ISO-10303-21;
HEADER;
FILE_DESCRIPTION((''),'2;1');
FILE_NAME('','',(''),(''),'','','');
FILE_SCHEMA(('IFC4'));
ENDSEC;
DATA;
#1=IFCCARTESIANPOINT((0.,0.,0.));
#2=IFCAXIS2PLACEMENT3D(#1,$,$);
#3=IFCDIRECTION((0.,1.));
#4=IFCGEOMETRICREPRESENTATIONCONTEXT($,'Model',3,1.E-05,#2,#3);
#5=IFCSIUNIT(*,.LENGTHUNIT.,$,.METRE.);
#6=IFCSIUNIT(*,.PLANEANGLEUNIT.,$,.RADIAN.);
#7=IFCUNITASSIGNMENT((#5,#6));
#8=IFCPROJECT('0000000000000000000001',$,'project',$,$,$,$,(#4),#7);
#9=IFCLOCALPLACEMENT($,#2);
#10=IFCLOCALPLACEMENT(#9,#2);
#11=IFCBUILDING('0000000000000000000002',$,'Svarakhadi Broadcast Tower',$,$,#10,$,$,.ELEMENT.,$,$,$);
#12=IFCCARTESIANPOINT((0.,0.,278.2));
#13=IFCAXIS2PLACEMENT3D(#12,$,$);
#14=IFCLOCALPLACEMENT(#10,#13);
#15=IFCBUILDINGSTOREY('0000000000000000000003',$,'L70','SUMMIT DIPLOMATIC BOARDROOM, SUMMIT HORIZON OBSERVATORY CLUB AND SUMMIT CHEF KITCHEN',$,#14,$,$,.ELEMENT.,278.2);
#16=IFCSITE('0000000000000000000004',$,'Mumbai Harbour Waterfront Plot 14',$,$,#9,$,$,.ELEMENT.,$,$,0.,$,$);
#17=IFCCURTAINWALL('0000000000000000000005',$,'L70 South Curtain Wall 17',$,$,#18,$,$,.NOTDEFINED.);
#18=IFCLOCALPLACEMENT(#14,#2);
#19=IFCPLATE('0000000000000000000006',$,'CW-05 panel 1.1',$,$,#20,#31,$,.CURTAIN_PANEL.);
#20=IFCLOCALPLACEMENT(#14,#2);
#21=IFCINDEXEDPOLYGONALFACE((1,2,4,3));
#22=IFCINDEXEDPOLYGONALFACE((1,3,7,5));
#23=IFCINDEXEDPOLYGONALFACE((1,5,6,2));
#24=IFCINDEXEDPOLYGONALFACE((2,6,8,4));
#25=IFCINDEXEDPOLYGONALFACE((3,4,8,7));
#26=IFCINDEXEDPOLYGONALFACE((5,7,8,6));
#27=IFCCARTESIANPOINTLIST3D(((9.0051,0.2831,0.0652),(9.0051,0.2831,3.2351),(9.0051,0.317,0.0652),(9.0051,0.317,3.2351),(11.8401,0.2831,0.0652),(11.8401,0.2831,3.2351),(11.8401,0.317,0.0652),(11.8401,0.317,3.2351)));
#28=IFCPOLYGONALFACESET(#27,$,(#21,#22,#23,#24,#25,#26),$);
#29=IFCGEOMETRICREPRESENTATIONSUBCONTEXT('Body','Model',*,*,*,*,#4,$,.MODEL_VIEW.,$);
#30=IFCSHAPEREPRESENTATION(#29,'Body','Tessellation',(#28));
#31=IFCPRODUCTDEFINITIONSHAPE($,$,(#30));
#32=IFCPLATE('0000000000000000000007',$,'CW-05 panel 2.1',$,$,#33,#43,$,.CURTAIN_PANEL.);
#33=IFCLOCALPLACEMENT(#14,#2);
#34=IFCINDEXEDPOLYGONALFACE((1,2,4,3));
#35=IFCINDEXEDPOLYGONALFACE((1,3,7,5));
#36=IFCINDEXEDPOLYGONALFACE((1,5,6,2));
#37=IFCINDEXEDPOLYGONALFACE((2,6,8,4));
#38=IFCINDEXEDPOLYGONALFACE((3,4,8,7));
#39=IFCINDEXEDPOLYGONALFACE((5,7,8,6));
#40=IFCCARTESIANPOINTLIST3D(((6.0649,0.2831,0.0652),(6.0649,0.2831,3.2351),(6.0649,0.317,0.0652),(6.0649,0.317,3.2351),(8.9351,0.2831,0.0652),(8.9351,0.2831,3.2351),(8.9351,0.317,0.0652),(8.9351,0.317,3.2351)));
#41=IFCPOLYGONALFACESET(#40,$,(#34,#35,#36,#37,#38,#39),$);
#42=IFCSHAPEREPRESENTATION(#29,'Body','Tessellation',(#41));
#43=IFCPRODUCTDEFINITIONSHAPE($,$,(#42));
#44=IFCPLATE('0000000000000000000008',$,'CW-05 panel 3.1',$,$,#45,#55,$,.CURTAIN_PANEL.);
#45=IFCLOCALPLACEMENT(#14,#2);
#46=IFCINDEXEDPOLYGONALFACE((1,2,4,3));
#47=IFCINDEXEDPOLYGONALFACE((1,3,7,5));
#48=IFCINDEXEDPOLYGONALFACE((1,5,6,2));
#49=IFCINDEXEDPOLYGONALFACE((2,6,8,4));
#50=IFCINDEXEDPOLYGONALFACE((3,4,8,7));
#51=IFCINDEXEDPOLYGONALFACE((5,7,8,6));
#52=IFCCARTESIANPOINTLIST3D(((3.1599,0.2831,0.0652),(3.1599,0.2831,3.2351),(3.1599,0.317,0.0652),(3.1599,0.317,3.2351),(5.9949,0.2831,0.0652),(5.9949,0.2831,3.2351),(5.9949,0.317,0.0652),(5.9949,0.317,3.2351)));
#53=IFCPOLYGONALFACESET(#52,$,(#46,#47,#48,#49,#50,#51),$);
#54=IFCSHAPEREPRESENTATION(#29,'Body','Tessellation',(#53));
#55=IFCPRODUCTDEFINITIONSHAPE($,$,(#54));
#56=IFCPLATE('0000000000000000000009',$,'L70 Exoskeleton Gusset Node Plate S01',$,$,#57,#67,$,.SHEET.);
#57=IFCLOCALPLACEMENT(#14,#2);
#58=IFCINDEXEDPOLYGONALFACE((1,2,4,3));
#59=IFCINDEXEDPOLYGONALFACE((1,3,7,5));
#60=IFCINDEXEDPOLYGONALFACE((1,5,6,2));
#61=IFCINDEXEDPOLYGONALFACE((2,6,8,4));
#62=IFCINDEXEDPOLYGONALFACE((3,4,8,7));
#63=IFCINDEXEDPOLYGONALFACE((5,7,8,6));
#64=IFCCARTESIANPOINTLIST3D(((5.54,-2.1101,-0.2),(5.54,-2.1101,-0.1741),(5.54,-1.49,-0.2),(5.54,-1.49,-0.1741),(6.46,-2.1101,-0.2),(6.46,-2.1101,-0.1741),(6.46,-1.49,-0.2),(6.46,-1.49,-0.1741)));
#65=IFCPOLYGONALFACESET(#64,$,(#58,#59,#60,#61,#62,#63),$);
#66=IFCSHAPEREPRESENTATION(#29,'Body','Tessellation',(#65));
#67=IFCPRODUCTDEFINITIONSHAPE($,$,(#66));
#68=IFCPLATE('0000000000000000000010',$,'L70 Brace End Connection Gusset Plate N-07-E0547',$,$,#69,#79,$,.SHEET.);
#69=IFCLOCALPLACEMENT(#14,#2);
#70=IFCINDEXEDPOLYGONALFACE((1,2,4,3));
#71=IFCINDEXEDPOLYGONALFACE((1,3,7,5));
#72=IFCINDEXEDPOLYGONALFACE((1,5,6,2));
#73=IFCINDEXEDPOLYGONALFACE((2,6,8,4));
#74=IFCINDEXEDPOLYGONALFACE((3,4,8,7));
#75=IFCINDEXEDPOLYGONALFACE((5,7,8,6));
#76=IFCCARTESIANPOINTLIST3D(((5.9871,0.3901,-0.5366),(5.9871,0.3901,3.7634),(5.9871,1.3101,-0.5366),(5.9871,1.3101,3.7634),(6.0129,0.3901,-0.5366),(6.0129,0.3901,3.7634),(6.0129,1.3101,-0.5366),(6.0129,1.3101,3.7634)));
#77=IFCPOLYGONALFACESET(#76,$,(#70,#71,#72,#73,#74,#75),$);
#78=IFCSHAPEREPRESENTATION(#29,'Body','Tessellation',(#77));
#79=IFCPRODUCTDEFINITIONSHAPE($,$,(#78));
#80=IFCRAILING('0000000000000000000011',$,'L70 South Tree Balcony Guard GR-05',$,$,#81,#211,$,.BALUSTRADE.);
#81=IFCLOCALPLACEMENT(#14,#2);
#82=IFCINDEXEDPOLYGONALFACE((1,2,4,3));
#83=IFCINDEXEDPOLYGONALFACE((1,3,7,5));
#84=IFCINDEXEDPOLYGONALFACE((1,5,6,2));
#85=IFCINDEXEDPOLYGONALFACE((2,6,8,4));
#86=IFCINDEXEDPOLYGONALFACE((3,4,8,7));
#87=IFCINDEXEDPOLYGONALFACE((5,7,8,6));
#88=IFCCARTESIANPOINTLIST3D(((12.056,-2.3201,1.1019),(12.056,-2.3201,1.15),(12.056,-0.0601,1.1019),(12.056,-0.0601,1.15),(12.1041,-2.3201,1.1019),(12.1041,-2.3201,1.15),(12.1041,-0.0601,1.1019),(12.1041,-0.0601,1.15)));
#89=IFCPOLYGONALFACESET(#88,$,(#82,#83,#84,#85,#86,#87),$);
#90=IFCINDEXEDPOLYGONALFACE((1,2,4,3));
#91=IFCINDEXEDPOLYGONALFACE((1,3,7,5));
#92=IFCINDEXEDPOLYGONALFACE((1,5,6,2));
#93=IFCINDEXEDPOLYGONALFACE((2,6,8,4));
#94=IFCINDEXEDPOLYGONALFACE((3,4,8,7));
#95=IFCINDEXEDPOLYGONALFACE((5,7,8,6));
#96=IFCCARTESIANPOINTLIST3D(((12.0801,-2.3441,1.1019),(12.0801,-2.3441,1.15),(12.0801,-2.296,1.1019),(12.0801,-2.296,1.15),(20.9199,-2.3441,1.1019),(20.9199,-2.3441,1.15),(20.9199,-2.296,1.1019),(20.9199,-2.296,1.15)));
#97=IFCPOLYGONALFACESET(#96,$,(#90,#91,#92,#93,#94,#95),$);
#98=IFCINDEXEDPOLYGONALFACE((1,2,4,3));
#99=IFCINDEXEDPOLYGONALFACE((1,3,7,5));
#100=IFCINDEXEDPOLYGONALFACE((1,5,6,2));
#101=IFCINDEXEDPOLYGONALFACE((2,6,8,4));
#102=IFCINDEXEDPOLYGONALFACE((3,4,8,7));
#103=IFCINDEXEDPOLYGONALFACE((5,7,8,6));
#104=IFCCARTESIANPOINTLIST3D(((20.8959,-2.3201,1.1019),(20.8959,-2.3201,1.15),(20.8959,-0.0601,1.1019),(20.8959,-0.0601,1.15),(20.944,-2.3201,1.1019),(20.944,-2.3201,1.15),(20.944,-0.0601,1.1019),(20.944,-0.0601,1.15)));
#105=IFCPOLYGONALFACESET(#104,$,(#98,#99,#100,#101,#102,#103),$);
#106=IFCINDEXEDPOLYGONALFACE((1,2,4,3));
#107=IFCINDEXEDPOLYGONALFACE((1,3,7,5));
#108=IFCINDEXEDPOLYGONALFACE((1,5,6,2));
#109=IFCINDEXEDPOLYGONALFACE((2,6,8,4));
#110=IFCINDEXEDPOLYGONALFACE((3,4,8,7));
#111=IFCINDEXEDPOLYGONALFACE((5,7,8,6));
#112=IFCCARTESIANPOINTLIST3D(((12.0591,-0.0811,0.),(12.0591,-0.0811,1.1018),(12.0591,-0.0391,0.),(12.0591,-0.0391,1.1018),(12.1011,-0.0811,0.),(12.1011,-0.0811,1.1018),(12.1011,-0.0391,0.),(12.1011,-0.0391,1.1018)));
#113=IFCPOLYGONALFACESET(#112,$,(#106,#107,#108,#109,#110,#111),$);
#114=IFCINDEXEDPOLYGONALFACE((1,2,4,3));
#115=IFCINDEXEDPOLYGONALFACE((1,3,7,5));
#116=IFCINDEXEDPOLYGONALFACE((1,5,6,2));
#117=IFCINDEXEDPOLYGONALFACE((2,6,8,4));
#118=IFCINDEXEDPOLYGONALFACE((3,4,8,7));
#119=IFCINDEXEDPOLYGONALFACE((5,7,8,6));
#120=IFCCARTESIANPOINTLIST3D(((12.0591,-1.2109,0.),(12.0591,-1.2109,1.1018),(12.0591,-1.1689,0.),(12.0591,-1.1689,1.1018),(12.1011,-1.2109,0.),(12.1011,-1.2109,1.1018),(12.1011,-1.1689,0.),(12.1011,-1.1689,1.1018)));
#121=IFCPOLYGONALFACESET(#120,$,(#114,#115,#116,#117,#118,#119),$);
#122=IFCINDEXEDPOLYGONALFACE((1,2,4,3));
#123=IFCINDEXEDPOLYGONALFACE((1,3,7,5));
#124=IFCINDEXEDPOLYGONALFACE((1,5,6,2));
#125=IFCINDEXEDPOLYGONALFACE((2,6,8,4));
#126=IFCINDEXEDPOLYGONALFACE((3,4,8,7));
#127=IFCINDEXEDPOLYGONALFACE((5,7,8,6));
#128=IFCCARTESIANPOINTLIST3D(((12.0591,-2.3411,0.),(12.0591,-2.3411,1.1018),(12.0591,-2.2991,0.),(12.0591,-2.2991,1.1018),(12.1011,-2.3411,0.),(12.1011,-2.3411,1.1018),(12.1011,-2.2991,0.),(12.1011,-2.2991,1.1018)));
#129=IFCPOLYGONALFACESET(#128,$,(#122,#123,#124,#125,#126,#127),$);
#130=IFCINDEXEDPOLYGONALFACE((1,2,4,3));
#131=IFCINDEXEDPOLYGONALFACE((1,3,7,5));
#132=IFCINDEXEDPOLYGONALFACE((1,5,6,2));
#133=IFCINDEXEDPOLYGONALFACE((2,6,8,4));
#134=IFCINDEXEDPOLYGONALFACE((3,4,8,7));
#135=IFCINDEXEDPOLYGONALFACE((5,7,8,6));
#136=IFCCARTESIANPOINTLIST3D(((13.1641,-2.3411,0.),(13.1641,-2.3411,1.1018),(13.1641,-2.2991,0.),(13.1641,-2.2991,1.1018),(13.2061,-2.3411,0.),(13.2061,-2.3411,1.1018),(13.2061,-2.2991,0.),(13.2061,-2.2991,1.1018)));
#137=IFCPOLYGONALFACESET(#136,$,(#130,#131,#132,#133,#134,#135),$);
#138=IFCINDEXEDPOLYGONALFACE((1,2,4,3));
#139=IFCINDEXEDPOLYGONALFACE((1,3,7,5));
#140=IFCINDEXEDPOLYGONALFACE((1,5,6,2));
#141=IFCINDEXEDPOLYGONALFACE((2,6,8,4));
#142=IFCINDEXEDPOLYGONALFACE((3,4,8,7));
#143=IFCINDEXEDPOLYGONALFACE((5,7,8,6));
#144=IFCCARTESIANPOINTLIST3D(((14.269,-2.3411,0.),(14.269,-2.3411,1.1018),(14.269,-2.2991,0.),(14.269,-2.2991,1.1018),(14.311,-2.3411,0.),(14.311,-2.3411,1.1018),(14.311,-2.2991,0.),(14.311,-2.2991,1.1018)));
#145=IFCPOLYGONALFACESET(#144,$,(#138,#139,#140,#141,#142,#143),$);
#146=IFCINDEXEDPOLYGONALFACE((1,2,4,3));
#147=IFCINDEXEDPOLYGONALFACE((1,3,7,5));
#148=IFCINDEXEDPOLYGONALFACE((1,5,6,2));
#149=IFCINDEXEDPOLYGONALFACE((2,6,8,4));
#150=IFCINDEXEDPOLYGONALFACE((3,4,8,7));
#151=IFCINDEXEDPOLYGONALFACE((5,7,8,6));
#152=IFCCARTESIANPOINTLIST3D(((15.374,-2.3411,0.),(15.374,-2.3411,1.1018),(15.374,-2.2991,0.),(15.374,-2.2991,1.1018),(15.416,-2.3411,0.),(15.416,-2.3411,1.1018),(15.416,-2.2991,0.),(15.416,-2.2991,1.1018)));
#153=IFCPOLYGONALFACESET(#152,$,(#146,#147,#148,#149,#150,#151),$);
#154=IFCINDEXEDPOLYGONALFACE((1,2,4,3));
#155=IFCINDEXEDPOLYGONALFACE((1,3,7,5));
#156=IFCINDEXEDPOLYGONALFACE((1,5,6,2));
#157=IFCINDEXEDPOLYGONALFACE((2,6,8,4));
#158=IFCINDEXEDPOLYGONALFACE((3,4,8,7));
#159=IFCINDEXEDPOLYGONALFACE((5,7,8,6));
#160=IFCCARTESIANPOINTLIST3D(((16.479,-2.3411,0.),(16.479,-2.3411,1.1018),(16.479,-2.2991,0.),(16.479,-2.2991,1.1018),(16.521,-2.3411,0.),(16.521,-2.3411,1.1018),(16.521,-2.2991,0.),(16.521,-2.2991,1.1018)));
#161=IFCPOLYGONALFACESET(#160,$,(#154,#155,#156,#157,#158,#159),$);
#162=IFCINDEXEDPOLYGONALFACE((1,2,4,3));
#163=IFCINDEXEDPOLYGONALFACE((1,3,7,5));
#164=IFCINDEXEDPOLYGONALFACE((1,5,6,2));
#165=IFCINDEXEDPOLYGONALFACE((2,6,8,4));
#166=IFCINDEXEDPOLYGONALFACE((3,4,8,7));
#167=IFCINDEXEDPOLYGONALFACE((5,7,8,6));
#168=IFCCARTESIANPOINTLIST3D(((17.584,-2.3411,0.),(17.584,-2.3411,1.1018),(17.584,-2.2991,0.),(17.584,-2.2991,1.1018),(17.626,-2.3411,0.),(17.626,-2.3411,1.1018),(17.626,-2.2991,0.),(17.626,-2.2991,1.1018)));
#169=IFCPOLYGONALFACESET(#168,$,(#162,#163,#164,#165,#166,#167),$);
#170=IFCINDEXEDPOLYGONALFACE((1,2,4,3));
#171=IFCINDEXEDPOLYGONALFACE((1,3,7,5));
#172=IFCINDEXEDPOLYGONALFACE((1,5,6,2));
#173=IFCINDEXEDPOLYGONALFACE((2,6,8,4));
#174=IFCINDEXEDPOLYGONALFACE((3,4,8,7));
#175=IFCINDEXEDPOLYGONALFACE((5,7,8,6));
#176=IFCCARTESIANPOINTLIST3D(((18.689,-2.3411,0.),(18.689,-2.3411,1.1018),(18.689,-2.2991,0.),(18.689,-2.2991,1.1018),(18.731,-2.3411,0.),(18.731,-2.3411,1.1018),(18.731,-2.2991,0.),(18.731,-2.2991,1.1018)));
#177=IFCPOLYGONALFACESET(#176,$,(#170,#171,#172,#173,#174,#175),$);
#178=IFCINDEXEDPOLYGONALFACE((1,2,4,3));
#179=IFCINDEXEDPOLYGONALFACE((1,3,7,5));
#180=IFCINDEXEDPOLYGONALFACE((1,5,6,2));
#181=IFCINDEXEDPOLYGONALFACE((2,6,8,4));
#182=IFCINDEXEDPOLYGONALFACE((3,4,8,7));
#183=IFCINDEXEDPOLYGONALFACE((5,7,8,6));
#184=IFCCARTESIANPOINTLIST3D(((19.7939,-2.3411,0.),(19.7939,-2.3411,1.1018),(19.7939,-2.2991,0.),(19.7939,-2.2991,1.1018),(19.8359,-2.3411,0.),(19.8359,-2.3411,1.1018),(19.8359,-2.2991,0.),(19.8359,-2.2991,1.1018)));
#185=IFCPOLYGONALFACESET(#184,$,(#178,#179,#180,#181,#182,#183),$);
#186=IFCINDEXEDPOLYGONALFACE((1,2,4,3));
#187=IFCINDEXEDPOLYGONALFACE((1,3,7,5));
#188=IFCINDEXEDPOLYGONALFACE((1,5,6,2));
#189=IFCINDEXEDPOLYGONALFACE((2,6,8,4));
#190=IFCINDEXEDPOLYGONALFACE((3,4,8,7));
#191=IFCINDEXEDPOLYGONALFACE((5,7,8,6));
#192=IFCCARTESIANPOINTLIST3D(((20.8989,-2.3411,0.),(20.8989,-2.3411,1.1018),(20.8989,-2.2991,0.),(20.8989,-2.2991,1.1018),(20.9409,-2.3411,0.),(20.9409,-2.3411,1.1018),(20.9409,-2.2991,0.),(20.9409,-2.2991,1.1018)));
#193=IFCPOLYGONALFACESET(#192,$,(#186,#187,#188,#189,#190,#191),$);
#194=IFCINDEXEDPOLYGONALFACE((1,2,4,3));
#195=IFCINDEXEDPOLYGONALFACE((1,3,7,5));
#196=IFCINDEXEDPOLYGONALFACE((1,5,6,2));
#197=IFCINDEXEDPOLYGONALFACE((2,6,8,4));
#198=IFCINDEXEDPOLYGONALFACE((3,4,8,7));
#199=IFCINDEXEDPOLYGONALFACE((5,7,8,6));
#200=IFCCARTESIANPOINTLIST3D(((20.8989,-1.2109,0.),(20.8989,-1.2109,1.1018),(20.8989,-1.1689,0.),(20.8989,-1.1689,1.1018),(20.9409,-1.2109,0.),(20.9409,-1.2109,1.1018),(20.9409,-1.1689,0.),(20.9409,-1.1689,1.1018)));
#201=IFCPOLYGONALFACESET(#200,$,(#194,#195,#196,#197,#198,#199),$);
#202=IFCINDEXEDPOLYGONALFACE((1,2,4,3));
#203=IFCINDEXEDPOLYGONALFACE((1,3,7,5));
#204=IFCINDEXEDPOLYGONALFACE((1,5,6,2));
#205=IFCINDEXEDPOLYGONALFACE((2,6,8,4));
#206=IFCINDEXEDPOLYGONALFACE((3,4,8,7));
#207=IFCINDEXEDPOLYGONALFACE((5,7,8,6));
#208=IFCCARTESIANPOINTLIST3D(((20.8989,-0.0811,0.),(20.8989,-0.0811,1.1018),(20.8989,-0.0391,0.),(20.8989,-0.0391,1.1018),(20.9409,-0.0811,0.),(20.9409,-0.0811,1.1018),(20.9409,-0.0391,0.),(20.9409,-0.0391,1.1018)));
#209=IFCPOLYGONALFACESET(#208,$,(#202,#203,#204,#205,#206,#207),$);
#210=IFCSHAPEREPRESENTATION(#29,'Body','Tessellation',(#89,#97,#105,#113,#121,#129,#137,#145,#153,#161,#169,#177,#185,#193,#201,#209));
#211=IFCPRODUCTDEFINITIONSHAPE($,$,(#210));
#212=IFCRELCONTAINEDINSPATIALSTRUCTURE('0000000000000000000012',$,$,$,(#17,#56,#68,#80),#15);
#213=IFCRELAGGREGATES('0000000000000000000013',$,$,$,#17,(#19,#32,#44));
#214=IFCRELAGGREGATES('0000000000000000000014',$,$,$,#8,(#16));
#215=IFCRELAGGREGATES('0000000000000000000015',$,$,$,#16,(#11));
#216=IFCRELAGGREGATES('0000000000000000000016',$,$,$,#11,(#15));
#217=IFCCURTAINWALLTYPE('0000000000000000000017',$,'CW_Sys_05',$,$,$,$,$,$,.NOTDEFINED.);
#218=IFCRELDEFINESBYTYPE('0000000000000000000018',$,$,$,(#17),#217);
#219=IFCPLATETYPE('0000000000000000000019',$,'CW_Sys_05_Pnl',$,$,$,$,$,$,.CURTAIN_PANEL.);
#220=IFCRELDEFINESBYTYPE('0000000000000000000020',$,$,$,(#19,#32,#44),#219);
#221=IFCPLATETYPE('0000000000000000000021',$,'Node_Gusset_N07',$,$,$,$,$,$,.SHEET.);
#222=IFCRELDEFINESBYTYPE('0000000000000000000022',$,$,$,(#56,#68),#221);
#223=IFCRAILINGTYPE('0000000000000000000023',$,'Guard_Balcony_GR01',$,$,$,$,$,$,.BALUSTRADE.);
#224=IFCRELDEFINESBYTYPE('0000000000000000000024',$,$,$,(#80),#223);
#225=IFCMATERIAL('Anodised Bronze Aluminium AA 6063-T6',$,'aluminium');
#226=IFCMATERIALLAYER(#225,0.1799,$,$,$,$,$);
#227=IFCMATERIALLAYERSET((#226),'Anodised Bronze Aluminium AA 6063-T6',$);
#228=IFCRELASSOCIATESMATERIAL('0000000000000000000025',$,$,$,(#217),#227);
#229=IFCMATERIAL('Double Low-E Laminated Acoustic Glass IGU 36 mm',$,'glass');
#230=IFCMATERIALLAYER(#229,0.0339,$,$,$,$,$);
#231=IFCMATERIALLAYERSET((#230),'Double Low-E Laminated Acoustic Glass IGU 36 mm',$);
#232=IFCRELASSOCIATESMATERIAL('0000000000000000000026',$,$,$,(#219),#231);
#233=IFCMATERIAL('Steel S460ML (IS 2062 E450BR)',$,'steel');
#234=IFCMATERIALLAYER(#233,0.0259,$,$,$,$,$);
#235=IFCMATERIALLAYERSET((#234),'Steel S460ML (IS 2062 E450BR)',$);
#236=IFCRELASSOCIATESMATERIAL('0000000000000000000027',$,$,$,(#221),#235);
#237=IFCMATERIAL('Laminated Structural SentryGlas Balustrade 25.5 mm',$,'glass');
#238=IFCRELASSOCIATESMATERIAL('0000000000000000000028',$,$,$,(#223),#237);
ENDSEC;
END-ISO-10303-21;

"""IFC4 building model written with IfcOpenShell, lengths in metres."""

from ifc_helpers import new_model, si_unit, direction, frame, origin, origin_2d, place, context, subcontext, project, spatial, rectangle, extrude, material, layer, layer_set, type_object, element, aggregate, save


model = new_model("IFC4")

# Units and contexts
model_context = context("Model", 3, precision=1e-05, world=origin(), true_north=direction((0.0, 1.0)))
body_context = subcontext(model_context, "Body", "Model", "MODEL_VIEW")
ifc_project = project(units=[si_unit("LENGTHUNIT", "METRE"), si_unit("PLANEANGLEUNIT", "RADIAN")], contexts=[model_context])

# Site, building, storey
site_placement = place(None, origin())
site = spatial("IfcSite", under=ifc_project, at=site_placement, Name="Mumbai Harbour Waterfront Plot 14", CompositionType="ELEMENT", RefElevation=0.0)
building_placement = place(site_placement, origin())
building = spatial("IfcBuilding", under=site, at=building_placement, Name="Svarakhadi Broadcast Tower", CompositionType="ELEMENT")
storey_placement = place(building_placement, frame((0.0, 0.0, 278.2)))
storey = spatial("IfcBuildingStorey", under=building, at=storey_placement, Name="L70", Description="SUMMIT DIPLOMATIC BOARDROOM, SUMMIT HORIZON OBSERVATORY CLUB AND SUMMIT CHEF KITCHEN", CompositionType="ELEMENT", Elevation=278.2)

# Shared definitions
ifc_material_1 = material(Name="Steel S460ML (IS 2062 E450BR)", Category="steel")

# Curtain wall
ifc_material_2 = material(Name="Anodised Bronze Aluminium AA 6063-T6", Category="aluminium")
ifc_layer_1 = layer(ifc_material_2, 0.1799)
ifc_layer_set_1 = layer_set([ifc_layer_1], Name="Anodised Bronze Aluminium AA 6063-T6")
curtain_wall_type = type_object("IfcCurtainWallType", Name="CW_Sys_05", PredefinedType="NOTDEFINED", material=ifc_layer_set_1)
curtain_wall_placement = place(storey_placement, origin())
curtain_wall = element("IfcCurtainWall", 1, at=curtain_wall_placement, inside=storey, type_object=curtain_wall_type, Name="L70 South Curtain Wall 17", PredefinedType="NOTDEFINED")

# Plates
ifc_material_3 = material(Name="Double Low-E Laminated Acoustic Glass IGU 36 mm", Category="glass")
ifc_layer_2 = layer(ifc_material_3, 0.0339)
ifc_layer_set_2 = layer_set([ifc_layer_2], Name="Double Low-E Laminated Acoustic Glass IGU 36 mm")
plate_type_1 = type_object("IfcPlateType", Name="CW_Sys_05_Pnl", PredefinedType="CURTAIN_PANEL", material=ifc_layer_set_2)
plate_1_placement = place(storey_placement, frame((10.4226, 0.3, 0.0652), z_axis=(0.0, 0.0, 1.0), x_axis=(-1.0, 0.0, 0.0)))
plate_1 = element("IfcPlate", 2, at=plate_1_placement, type_object=plate_type_1, Name="CW-05 panel 1.1", PredefinedType="CURTAIN_PANEL", context=body_context, shape_type="SweptSolid", body=[
    extrude(rectangle(XDim=2.835, YDim=0.0339, at=origin_2d()), origin(), (0.0, 0.0, 1.0), 3.1699),
])
plate_2_placement = place(storey_placement, frame((7.5, 0.3, 0.0652), z_axis=(0.0, 0.0, 1.0), x_axis=(-1.0, 0.0, 0.0)))
plate_2 = element("IfcPlate", 3, at=plate_2_placement, type_object=plate_type_1, Name="CW-05 panel 2.1", PredefinedType="CURTAIN_PANEL", context=body_context, shape_type="SweptSolid", body=[
    extrude(rectangle(XDim=2.8701, YDim=0.0339, at=origin_2d()), origin(), (0.0, 0.0, 1.0), 3.1699),
])
plate_3_placement = place(storey_placement, frame((4.5774, 0.3, 0.0652), z_axis=(0.0, 0.0, 1.0), x_axis=(-1.0, 0.0, 0.0)))
plate_3 = element("IfcPlate", 4, at=plate_3_placement, type_object=plate_type_1, Name="CW-05 panel 3.1", PredefinedType="CURTAIN_PANEL", context=body_context, shape_type="SweptSolid", body=[
    extrude(rectangle(XDim=2.835, YDim=0.0339, at=origin_2d()), origin(), (0.0, 0.0, 1.0), 3.1699),
])
aggregate(curtain_wall, [plate_1, plate_2, plate_3])

# Plates
ifc_layer_3 = layer(ifc_material_1, 0.0259)
ifc_layer_set_3 = layer_set([ifc_layer_3], Name="Steel S460ML (IS 2062 E450BR)")
plate_type_2 = type_object("IfcPlateType", Name="Node_Gusset_N07", PredefinedType="SHEET", material=ifc_layer_set_3)
plate_4_placement = place(storey_placement, frame((6.0, -1.8, -0.2), z_axis=(0.0, 0.0, 1.0), x_axis=(1.0, 0.0, 0.0)))
element("IfcPlate", 5, at=plate_4_placement, inside=storey, type_object=plate_type_2, Name="L70 Exoskeleton Gusset Node Plate S01", PredefinedType="SHEET", context=body_context, shape_type="SweptSolid", body=[
    extrude(rectangle(XDim=0.9199, YDim=0.6201, at=origin_2d()), origin(), (0.0, 0.0, 1.0), 0.0259),
])
plate_5_placement = place(storey_placement, frame((6.0, 0.8501, -0.5366), z_axis=(0.0, 0.0, 1.0), x_axis=(0.0, 1.0, 0.0)))
element("IfcPlate", 6, at=plate_5_placement, inside=storey, type_object=plate_type_2, Name="L70 Brace End Connection Gusset Plate N-07-E0547", PredefinedType="SHEET", context=body_context, shape_type="SweptSolid", body=[
    extrude(rectangle(XDim=0.9199, YDim=0.0259, at=origin_2d()), origin(), (0.0, 0.0, 1.0), 4.3),
])

# Railing
ifc_material_4 = material(Name="Laminated Structural SentryGlas Balustrade 25.5 mm", Category="glass")
railing_type = type_object("IfcRailingType", Name="Guard_Balcony_GR01", PredefinedType="BALUSTRADE", material=ifc_material_4)
railing_placement = place(storey_placement, frame((12.0801, -0.0601, 0.0)))
element("IfcRailing", 7, at=railing_placement, inside=storey, type_object=railing_type, Name="L70 South Tree Balcony Guard GR-05", PredefinedType="BALUSTRADE", context=body_context, shape_type="SweptSolid", body=[
    extrude(rectangle(XDim=0.0481, YDim=0.0481, at=origin_2d()), frame((0.0, 0.0, 1.126), z_axis=(0.0, -1.0, 0.0), x_axis=(1.0, 0.0, 0.0)), (0.0, 0.0, 1.0), 2.26),
    extrude(rectangle(XDim=0.0481, YDim=0.0481, at=origin_2d()), frame((0.0, -2.26, 1.126), z_axis=(1.0, 0.0, 0.0), x_axis=(0.0, 1.0, 0.0)), (0.0, 0.0, 1.0), 8.8398),
    extrude(rectangle(XDim=0.0481, YDim=0.0481, at=origin_2d()), frame((8.8398, -2.26, 1.126), z_axis=(0.0, 1.0, 0.0), x_axis=(-1.0, 0.0, 0.0)), (0.0, 0.0, 1.0), 2.26),
    extrude(rectangle(XDim=0.042, YDim=0.042, at=origin_2d()), origin(), (0.0, 0.0, 1.0), 1.1018),
    extrude(rectangle(XDim=0.042, YDim=0.042, at=origin_2d()), frame((0.0, -1.1299, 0.0)), (0.0, 0.0, 1.0), 1.1018),
    extrude(rectangle(XDim=0.042, YDim=0.042, at=origin_2d()), frame((0.0, -2.26, 0.0)), (0.0, 0.0, 1.0), 1.1018),
    extrude(rectangle(XDim=0.042, YDim=0.042, at=origin_2d()), frame((1.105, -2.26, 0.0)), (0.0, 0.0, 1.0), 1.1018),
    extrude(rectangle(XDim=0.042, YDim=0.042, at=origin_2d()), frame((2.21, -2.26, 0.0)), (0.0, 0.0, 1.0), 1.1018),
    extrude(rectangle(XDim=0.042, YDim=0.042, at=origin_2d()), frame((3.3149, -2.26, 0.0)), (0.0, 0.0, 1.0), 1.1018),
    extrude(rectangle(XDim=0.042, YDim=0.042, at=origin_2d()), frame((4.4199, -2.26, 0.0)), (0.0, 0.0, 1.0), 1.1018),
    extrude(rectangle(XDim=0.042, YDim=0.042, at=origin_2d()), frame((5.5249, -2.26, 0.0)), (0.0, 0.0, 1.0), 1.1018),
    extrude(rectangle(XDim=0.042, YDim=0.042, at=origin_2d()), frame((6.6299, -2.26, 0.0)), (0.0, 0.0, 1.0), 1.1018),
    extrude(rectangle(XDim=0.042, YDim=0.042, at=origin_2d()), frame((7.7349, -2.26, 0.0)), (0.0, 0.0, 1.0), 1.1018),
    extrude(rectangle(XDim=0.042, YDim=0.042, at=origin_2d()), frame((8.8398, -2.26, 0.0)), (0.0, 0.0, 1.0), 1.1018),
    extrude(rectangle(XDim=0.042, YDim=0.042, at=origin_2d()), frame((8.8398, -1.1299, 0.0)), (0.0, 0.0, 1.0), 1.1018),
    extrude(rectangle(XDim=0.042, YDim=0.042, at=origin_2d()), frame((8.8398, 0.0, 0.0)), (0.0, 0.0, 1.0), 1.1018),
])

save(model, "model.ifc")
